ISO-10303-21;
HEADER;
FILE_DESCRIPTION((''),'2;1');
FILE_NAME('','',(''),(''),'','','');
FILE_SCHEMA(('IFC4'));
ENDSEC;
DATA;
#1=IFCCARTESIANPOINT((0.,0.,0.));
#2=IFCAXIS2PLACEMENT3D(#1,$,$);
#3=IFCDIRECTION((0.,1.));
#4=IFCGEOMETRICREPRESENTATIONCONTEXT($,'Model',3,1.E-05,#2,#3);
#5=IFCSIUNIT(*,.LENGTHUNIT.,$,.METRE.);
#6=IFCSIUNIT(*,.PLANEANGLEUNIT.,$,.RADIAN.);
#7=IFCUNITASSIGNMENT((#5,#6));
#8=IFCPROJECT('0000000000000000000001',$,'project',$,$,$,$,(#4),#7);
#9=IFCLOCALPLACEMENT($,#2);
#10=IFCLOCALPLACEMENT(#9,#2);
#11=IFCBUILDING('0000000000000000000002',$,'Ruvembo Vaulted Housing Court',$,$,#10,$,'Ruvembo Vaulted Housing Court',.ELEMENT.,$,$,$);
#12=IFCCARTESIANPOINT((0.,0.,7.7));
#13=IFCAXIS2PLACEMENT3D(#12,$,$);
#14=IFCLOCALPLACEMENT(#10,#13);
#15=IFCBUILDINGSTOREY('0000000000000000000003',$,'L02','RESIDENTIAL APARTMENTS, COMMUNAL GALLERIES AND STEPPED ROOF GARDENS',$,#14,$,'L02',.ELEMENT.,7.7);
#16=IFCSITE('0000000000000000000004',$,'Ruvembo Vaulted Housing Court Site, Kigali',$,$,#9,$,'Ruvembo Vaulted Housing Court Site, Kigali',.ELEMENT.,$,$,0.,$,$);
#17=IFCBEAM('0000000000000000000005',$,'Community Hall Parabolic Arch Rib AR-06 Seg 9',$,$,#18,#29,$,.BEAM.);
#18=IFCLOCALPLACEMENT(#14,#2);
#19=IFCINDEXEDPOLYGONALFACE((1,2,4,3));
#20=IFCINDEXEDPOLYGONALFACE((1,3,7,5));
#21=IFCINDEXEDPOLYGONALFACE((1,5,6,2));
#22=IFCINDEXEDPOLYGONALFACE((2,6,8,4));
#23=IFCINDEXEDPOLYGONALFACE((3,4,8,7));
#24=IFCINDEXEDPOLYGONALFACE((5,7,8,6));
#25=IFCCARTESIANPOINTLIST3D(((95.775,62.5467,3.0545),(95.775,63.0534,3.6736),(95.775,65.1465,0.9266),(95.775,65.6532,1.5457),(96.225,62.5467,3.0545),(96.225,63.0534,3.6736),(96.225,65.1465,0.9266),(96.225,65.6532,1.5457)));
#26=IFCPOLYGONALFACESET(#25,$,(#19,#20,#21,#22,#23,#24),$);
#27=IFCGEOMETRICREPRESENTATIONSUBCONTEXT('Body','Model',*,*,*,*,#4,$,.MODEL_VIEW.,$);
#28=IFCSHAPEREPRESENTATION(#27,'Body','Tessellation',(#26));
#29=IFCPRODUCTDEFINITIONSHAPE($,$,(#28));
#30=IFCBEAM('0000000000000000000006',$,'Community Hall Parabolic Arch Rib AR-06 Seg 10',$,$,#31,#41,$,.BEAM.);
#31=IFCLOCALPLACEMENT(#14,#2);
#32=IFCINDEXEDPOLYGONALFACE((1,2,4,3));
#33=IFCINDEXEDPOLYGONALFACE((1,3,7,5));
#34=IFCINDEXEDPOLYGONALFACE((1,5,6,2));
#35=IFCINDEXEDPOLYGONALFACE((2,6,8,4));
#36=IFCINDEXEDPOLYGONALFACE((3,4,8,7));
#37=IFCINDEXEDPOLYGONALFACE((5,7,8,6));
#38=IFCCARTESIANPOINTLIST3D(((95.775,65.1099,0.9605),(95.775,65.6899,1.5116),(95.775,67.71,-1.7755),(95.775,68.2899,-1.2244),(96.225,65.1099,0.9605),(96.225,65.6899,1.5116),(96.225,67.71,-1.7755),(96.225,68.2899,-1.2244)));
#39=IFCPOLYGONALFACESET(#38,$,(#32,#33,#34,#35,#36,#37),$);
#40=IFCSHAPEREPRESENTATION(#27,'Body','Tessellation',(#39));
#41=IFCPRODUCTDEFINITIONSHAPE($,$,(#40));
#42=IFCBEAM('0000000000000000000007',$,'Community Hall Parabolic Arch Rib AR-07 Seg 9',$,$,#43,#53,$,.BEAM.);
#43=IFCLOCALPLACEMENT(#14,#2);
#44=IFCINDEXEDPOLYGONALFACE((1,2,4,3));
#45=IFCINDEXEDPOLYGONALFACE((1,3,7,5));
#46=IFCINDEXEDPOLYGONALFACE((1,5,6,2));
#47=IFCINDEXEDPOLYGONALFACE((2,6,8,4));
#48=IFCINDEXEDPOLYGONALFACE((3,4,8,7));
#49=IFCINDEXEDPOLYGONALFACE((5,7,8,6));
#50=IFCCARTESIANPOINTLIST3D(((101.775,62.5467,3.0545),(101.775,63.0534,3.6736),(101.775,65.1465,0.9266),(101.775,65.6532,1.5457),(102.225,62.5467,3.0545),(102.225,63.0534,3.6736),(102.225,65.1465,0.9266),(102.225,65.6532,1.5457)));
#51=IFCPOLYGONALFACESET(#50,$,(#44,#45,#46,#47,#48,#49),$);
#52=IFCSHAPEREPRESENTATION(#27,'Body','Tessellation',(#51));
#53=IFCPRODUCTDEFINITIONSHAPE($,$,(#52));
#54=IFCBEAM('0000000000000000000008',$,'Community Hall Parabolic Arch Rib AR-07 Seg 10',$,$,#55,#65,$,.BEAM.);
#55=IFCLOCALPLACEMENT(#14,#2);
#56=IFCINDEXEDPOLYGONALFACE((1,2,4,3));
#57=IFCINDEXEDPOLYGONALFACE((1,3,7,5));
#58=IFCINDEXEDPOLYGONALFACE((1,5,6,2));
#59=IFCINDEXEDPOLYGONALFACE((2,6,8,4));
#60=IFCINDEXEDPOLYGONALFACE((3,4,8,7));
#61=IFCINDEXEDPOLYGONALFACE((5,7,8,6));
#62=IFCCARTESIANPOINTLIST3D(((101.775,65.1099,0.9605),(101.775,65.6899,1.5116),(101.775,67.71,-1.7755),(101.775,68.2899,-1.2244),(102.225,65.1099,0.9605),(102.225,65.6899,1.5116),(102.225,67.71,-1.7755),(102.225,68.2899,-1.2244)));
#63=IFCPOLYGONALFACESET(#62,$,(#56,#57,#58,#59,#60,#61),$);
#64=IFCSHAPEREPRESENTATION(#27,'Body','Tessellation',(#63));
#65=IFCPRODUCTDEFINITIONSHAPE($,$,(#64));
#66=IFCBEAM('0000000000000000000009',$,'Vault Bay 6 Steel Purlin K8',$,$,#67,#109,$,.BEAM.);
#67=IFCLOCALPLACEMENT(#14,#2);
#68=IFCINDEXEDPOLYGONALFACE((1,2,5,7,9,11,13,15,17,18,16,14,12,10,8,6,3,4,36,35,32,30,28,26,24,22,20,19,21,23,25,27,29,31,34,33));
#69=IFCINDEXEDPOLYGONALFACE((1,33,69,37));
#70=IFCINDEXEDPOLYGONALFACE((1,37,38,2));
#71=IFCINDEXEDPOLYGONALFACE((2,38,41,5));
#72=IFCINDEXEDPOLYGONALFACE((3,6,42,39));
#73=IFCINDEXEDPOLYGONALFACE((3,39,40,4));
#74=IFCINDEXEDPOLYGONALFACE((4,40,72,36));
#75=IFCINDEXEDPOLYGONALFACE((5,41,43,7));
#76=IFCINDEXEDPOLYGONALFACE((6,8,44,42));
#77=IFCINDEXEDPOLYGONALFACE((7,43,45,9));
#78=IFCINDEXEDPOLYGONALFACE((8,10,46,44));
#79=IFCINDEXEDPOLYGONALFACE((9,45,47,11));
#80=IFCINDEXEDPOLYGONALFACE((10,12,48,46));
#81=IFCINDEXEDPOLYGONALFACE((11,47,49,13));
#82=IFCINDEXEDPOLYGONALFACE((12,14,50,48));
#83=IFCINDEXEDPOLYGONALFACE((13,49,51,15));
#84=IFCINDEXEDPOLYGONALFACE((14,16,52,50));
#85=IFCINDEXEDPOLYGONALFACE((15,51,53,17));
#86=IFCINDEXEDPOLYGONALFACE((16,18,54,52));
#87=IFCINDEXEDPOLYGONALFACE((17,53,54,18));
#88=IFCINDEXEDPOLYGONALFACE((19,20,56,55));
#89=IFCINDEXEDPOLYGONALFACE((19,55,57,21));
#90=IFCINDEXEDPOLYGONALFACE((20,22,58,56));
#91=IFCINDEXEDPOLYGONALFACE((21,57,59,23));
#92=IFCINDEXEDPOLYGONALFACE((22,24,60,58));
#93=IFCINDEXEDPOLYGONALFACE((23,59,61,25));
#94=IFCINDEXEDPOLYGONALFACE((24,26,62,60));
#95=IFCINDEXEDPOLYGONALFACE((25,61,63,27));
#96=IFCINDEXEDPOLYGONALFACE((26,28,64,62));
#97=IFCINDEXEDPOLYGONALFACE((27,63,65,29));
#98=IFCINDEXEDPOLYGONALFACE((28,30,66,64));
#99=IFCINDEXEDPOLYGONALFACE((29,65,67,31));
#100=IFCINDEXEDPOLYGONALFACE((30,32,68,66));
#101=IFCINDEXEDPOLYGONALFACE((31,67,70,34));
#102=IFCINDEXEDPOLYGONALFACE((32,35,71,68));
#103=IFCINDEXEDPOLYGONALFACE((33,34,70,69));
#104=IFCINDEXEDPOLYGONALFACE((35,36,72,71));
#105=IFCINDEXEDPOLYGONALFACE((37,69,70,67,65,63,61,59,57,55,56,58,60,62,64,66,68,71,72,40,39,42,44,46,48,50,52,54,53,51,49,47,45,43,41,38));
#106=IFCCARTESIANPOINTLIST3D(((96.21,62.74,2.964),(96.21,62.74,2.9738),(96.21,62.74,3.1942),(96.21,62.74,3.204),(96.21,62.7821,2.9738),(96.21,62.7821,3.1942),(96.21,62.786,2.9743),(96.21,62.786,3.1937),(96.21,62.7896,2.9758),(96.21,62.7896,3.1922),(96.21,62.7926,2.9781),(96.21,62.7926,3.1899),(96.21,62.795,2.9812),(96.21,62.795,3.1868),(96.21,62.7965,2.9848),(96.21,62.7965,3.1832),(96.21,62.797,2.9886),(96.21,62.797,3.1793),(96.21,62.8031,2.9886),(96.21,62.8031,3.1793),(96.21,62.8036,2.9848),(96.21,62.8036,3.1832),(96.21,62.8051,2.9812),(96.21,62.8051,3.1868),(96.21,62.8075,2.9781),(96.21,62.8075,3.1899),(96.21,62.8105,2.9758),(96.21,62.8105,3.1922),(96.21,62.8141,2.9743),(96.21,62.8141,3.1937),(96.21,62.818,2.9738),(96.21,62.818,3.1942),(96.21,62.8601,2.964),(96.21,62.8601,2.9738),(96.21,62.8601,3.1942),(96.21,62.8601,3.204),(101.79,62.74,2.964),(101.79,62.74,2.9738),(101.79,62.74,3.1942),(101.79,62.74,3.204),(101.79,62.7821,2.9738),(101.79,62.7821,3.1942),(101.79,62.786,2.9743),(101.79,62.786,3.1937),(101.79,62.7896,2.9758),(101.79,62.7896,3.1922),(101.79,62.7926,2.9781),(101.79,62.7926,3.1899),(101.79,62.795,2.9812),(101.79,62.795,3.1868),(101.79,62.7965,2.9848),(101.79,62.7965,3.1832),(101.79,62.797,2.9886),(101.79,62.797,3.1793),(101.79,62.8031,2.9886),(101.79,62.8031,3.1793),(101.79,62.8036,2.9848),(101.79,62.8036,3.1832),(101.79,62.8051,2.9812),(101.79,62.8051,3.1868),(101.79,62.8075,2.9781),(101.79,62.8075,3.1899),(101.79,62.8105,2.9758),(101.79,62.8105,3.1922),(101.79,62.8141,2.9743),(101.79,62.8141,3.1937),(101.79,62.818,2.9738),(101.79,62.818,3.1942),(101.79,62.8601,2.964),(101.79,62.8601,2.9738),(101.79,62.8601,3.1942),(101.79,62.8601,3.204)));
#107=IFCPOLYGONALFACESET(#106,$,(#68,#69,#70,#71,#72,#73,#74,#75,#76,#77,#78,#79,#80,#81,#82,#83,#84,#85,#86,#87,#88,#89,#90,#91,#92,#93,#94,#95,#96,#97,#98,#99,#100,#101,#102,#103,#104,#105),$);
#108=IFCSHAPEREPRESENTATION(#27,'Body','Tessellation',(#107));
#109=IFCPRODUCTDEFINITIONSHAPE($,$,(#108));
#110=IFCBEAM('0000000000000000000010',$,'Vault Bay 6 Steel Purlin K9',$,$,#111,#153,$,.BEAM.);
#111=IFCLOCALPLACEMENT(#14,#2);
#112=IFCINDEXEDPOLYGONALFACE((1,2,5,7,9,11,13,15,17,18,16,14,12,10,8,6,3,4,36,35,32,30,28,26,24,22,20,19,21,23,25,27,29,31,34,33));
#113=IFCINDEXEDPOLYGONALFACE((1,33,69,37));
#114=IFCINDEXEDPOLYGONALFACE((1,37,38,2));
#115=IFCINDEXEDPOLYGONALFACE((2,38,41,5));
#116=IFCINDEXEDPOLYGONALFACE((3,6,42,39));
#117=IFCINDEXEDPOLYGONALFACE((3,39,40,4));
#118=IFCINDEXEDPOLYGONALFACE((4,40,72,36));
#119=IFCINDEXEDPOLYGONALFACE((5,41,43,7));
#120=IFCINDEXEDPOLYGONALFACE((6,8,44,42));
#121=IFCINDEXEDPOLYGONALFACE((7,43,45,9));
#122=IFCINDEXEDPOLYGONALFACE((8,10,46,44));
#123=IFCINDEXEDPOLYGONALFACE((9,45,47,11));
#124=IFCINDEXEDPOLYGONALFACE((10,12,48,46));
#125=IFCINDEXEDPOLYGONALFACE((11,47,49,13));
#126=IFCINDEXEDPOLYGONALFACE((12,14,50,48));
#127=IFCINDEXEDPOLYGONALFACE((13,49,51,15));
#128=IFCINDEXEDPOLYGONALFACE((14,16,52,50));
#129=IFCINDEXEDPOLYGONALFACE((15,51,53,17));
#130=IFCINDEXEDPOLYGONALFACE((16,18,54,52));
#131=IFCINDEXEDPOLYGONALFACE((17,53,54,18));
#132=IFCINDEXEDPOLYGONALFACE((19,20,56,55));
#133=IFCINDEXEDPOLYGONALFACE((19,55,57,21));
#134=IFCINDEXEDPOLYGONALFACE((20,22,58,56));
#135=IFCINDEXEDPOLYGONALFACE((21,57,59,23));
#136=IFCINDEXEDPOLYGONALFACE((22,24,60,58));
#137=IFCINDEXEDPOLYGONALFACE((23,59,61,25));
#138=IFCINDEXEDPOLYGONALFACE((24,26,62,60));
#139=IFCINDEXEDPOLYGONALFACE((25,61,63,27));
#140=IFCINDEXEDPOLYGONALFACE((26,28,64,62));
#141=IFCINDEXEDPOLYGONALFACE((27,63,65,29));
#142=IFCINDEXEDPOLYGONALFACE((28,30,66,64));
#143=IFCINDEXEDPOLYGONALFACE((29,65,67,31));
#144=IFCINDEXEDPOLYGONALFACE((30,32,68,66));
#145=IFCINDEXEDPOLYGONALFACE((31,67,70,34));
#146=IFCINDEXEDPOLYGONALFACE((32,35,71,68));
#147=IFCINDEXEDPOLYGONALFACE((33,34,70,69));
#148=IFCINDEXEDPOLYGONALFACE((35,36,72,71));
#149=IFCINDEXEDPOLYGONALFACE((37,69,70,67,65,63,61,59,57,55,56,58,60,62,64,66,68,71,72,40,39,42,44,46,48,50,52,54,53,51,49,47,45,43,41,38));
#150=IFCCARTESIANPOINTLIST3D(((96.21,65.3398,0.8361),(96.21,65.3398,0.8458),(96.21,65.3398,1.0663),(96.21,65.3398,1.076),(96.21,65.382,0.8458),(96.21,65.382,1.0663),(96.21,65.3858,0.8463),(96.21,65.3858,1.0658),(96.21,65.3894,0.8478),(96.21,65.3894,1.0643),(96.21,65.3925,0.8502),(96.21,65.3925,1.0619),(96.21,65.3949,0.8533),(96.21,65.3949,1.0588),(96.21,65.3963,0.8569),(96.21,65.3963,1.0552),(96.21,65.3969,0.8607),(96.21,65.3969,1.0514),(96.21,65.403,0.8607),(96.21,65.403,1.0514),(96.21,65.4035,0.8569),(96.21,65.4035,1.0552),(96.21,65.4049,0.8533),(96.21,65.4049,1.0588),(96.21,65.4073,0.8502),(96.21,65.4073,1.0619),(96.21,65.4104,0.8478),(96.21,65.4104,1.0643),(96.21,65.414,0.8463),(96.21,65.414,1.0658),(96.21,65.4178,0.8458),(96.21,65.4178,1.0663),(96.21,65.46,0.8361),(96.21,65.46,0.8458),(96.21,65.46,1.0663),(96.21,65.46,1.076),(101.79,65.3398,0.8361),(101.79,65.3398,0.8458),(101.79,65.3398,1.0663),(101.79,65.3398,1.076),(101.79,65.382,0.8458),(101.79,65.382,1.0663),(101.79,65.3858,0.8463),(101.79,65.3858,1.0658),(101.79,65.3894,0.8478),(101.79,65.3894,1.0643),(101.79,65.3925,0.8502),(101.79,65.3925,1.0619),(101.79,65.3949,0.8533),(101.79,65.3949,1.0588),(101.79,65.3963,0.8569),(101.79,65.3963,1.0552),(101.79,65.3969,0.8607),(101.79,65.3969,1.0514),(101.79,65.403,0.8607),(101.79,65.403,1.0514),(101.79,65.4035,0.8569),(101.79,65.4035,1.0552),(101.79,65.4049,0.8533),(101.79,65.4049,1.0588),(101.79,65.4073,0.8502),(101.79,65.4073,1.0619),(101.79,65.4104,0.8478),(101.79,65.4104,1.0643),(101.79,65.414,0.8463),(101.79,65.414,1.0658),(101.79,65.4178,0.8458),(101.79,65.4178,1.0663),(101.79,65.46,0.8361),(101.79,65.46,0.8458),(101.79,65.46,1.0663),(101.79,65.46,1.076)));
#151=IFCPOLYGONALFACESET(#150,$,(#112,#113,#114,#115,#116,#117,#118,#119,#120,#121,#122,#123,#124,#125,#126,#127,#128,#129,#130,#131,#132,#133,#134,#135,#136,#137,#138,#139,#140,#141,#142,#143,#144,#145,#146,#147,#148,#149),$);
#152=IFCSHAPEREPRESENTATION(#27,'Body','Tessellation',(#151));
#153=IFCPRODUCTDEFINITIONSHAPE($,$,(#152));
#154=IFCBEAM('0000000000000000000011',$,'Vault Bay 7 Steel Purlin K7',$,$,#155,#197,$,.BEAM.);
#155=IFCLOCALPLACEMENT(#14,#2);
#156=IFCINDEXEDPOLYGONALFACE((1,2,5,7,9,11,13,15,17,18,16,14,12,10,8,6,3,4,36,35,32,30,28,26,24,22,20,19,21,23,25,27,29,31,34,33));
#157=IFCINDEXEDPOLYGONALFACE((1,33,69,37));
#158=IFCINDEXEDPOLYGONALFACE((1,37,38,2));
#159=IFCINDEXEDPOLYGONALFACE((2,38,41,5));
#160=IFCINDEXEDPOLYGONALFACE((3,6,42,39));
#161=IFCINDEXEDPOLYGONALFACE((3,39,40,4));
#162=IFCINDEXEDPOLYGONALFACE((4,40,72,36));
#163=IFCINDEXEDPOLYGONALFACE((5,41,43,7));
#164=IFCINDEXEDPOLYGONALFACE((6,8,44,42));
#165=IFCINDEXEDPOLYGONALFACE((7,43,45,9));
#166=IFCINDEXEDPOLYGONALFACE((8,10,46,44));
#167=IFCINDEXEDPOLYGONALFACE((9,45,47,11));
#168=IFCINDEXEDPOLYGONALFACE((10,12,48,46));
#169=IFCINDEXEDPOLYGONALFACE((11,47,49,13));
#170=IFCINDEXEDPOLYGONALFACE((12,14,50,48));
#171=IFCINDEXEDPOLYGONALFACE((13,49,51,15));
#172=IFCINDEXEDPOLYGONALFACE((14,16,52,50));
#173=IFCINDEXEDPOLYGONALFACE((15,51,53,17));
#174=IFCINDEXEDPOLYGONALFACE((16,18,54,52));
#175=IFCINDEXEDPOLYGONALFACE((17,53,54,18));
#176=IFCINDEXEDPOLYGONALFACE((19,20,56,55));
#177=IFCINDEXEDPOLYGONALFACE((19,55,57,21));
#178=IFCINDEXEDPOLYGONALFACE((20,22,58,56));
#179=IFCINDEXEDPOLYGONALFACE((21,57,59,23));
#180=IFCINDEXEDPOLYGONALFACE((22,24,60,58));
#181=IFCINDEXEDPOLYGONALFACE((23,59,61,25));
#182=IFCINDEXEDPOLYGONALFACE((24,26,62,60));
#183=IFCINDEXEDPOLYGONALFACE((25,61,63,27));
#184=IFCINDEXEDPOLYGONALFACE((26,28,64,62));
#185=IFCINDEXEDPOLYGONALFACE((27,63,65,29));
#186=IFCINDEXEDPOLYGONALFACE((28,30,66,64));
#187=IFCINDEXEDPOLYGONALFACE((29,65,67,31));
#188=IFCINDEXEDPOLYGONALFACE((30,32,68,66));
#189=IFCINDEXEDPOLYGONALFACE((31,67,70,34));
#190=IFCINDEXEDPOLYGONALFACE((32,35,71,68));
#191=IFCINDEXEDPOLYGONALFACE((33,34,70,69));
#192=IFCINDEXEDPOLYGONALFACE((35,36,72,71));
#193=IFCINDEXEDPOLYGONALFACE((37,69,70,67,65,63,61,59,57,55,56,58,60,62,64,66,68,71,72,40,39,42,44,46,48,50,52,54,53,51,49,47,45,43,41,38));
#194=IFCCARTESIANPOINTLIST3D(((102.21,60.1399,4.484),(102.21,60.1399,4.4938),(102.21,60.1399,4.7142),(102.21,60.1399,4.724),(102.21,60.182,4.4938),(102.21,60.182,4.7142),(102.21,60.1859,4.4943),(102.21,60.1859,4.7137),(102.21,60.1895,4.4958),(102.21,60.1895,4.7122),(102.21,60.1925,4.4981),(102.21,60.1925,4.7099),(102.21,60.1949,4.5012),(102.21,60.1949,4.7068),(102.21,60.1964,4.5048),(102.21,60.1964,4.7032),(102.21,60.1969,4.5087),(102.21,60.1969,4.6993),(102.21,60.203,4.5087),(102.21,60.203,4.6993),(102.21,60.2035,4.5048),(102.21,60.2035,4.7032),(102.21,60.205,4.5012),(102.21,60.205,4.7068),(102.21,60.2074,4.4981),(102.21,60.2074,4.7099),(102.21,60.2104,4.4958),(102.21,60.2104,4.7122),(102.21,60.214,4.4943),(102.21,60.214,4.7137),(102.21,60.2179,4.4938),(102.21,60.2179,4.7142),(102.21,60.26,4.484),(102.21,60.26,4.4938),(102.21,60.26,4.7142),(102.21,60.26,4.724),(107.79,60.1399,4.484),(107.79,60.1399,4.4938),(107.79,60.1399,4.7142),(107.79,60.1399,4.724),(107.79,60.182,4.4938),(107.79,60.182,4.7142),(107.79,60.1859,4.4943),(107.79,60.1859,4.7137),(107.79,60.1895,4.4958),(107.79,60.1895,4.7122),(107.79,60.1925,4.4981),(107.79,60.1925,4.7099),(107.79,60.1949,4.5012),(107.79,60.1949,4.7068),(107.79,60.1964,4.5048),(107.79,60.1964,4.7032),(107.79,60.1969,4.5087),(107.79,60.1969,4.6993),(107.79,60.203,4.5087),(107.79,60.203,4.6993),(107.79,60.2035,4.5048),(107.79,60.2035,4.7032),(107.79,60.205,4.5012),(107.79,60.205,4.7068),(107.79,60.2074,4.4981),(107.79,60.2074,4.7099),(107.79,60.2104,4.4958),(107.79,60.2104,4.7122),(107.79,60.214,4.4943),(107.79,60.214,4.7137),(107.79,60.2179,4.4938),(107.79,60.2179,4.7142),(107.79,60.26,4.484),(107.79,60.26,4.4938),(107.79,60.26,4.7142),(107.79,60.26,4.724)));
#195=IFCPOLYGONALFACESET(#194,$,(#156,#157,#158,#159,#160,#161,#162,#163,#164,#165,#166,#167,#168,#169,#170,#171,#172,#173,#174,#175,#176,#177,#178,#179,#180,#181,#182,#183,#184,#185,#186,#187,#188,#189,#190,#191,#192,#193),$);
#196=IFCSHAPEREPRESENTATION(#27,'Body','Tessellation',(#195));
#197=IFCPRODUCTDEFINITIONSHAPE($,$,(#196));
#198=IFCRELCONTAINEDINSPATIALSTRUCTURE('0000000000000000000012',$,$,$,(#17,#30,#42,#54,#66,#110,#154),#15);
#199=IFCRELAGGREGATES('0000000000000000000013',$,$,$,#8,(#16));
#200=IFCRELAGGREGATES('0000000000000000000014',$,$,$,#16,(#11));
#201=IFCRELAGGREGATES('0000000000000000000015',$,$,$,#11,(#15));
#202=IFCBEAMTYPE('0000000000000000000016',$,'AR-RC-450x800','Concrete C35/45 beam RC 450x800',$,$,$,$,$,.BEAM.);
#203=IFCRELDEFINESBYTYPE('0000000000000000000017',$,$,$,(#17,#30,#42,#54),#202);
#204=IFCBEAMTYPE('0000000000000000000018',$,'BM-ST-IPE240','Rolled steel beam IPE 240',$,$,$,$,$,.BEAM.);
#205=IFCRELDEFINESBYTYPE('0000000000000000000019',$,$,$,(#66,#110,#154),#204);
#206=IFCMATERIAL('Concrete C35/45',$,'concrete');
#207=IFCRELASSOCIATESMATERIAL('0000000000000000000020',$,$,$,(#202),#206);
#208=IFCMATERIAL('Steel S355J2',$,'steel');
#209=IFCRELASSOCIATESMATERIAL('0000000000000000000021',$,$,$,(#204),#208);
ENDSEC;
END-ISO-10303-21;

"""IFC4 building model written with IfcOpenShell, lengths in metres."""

from ifc_helpers import new_model, si_unit, direction, frame, origin, origin_2d, place, context, subcontext, project, spatial, rectangle, i_section, extrude, material, material_profile, profile_set, type_object, element, save


model = new_model("IFC4")

# Units and contexts
model_context = context("Model", 3, precision=1e-05, world=origin(), true_north=direction((0.0, 1.0)))
body_context = subcontext(model_context, "Body", "Model", "MODEL_VIEW")
ifc_project = project(units=[si_unit("LENGTHUNIT", "METRE"), si_unit("PLANEANGLEUNIT", "RADIAN")], contexts=[model_context])

# Site, building, storey
site_placement = place(None, origin())
site = spatial("IfcSite", under=ifc_project, at=site_placement, Name="Ruvembo Vaulted Housing Court Site, Kigali", LongName="Ruvembo Vaulted Housing Court Site, Kigali", CompositionType="ELEMENT", RefElevation=0.0)
building_placement = place(site_placement, origin())
building = spatial("IfcBuilding", under=site, at=building_placement, Name="Ruvembo Vaulted Housing Court", LongName="Ruvembo Vaulted Housing Court", CompositionType="ELEMENT")
storey_placement = place(building_placement, frame((0.0, 0.0, 7.7)))
storey = spatial("IfcBuildingStorey", under=building, at=storey_placement, Name="L02", Description="RESIDENTIAL APARTMENTS, COMMUNAL GALLERIES AND STEPPED ROOF GARDENS", LongName="L02", CompositionType="ELEMENT", Elevation=7.7)

# Beams
ifc_material_1 = material(Name="Concrete C35/45", Category="concrete")
ifc_material_profile_1 = material_profile(ifc_material_1, rectangle(XDim=0.45, YDim=0.8, at=origin_2d()), Name="RC 450x800")
ifc_profile_set_1 = profile_set([ifc_material_profile_1], Name="Concrete C35/45")
beam_type_1 = type_object("IfcBeamType", Name="AR-RC-450x800", Description="Concrete C35/45 beam RC 450x800", PredefinedType="BEAM", material=ifc_profile_set_1)
beam_1_placement = place(storey_placement, frame((96.0, 62.8, 3.364), z_axis=(0.0, 0.773844, -0.633376), x_axis=(-1.0, 0.0, 0.0)))
element("IfcBeam", 1, at=beam_1_placement, inside=storey, type_object=beam_type_1, Name="Community Hall Parabolic Arch Rib AR-06 Seg 9", PredefinedType="BEAM", context=body_context, shape_type="SweptSolid", body=[
    extrude(rectangle(XDim=0.45, YDim=0.8, at=origin_2d()), origin(), (0.0, 0.0, 1.0), 3.3596),
])
beam_2_placement = place(storey_placement, frame((96.0, 65.3999, 1.2361), z_axis=(0.0, 0.688863, -0.724891), x_axis=(-1.0, 0.0, 0.0)))
element("IfcBeam", 2, at=beam_2_placement, inside=storey, type_object=beam_type_1, Name="Community Hall Parabolic Arch Rib AR-06 Seg 10", PredefinedType="BEAM", context=body_context, shape_type="SweptSolid", body=[
    extrude(rectangle(XDim=0.45, YDim=0.8, at=origin_2d()), origin(), (0.0, 0.0, 1.0), 3.7744),
])
beam_3_placement = place(storey_placement, frame((102.0, 62.8, 3.364), z_axis=(0.0, 0.773844, -0.633376), x_axis=(-1.0, 0.0, 0.0)))
element("IfcBeam", 3, at=beam_3_placement, inside=storey, type_object=beam_type_1, Name="Community Hall Parabolic Arch Rib AR-07 Seg 9", PredefinedType="BEAM", context=body_context, shape_type="SweptSolid", body=[
    extrude(rectangle(XDim=0.45, YDim=0.8, at=origin_2d()), origin(), (0.0, 0.0, 1.0), 3.3596),
])
beam_4_placement = place(storey_placement, frame((102.0, 65.3999, 1.2361), z_axis=(0.0, 0.688863, -0.724891), x_axis=(-1.0, 0.0, 0.0)))
element("IfcBeam", 4, at=beam_4_placement, inside=storey, type_object=beam_type_1, Name="Community Hall Parabolic Arch Rib AR-07 Seg 10", PredefinedType="BEAM", context=body_context, shape_type="SweptSolid", body=[
    extrude(rectangle(XDim=0.45, YDim=0.8, at=origin_2d()), origin(), (0.0, 0.0, 1.0), 3.7744),
])
ifc_material_2 = material(Name="Steel S355J2", Category="steel")
ifc_material_profile_2 = material_profile(ifc_material_2, i_section(OverallWidth=0.1201, OverallDepth=0.24, WebThickness=0.0061, FlangeThickness=0.0098, FilletRadius=0.0149, at=origin_2d()), Name="IPE 240")
ifc_profile_set_2 = profile_set([ifc_material_profile_2], Name="Steel S355J2")
beam_type_2 = type_object("IfcBeamType", Name="BM-ST-IPE240", Description="Rolled steel beam IPE 240", PredefinedType="BEAM", material=ifc_profile_set_2)
for number, where, z_axis, x_axis, name in (
    (5, (96.21, 62.8, 3.084), (1.0, 0.0, 0.0), (0.0, 1.0, 0.0), "Vault Bay 6 Steel Purlin K8"),
    (6, (96.21, 65.3999, 0.9561), (1.0, 0.0, 0.0), (0.0, 1.0, 0.0), "Vault Bay 6 Steel Purlin K9"),
    (7, (102.21, 60.2, 4.604), (1.0, 0.0, 0.0), (0.0, 1.0, 0.0), "Vault Bay 7 Steel Purlin K7"),
):
    element("IfcBeam", number, at=place(storey_placement, frame(where, z_axis=z_axis, x_axis=x_axis)), inside=storey, type_object=beam_type_2, Name=name, PredefinedType="BEAM", context=body_context, shape_type="SweptSolid", body=[
        extrude(i_section(OverallWidth=0.1201, OverallDepth=0.24, WebThickness=0.0061, FlangeThickness=0.0098, FilletRadius=0.0149, at=origin_2d()), origin(), (0.0, 0.0, 1.0), 5.5801),
    ])

save(model, "model.ifc")
